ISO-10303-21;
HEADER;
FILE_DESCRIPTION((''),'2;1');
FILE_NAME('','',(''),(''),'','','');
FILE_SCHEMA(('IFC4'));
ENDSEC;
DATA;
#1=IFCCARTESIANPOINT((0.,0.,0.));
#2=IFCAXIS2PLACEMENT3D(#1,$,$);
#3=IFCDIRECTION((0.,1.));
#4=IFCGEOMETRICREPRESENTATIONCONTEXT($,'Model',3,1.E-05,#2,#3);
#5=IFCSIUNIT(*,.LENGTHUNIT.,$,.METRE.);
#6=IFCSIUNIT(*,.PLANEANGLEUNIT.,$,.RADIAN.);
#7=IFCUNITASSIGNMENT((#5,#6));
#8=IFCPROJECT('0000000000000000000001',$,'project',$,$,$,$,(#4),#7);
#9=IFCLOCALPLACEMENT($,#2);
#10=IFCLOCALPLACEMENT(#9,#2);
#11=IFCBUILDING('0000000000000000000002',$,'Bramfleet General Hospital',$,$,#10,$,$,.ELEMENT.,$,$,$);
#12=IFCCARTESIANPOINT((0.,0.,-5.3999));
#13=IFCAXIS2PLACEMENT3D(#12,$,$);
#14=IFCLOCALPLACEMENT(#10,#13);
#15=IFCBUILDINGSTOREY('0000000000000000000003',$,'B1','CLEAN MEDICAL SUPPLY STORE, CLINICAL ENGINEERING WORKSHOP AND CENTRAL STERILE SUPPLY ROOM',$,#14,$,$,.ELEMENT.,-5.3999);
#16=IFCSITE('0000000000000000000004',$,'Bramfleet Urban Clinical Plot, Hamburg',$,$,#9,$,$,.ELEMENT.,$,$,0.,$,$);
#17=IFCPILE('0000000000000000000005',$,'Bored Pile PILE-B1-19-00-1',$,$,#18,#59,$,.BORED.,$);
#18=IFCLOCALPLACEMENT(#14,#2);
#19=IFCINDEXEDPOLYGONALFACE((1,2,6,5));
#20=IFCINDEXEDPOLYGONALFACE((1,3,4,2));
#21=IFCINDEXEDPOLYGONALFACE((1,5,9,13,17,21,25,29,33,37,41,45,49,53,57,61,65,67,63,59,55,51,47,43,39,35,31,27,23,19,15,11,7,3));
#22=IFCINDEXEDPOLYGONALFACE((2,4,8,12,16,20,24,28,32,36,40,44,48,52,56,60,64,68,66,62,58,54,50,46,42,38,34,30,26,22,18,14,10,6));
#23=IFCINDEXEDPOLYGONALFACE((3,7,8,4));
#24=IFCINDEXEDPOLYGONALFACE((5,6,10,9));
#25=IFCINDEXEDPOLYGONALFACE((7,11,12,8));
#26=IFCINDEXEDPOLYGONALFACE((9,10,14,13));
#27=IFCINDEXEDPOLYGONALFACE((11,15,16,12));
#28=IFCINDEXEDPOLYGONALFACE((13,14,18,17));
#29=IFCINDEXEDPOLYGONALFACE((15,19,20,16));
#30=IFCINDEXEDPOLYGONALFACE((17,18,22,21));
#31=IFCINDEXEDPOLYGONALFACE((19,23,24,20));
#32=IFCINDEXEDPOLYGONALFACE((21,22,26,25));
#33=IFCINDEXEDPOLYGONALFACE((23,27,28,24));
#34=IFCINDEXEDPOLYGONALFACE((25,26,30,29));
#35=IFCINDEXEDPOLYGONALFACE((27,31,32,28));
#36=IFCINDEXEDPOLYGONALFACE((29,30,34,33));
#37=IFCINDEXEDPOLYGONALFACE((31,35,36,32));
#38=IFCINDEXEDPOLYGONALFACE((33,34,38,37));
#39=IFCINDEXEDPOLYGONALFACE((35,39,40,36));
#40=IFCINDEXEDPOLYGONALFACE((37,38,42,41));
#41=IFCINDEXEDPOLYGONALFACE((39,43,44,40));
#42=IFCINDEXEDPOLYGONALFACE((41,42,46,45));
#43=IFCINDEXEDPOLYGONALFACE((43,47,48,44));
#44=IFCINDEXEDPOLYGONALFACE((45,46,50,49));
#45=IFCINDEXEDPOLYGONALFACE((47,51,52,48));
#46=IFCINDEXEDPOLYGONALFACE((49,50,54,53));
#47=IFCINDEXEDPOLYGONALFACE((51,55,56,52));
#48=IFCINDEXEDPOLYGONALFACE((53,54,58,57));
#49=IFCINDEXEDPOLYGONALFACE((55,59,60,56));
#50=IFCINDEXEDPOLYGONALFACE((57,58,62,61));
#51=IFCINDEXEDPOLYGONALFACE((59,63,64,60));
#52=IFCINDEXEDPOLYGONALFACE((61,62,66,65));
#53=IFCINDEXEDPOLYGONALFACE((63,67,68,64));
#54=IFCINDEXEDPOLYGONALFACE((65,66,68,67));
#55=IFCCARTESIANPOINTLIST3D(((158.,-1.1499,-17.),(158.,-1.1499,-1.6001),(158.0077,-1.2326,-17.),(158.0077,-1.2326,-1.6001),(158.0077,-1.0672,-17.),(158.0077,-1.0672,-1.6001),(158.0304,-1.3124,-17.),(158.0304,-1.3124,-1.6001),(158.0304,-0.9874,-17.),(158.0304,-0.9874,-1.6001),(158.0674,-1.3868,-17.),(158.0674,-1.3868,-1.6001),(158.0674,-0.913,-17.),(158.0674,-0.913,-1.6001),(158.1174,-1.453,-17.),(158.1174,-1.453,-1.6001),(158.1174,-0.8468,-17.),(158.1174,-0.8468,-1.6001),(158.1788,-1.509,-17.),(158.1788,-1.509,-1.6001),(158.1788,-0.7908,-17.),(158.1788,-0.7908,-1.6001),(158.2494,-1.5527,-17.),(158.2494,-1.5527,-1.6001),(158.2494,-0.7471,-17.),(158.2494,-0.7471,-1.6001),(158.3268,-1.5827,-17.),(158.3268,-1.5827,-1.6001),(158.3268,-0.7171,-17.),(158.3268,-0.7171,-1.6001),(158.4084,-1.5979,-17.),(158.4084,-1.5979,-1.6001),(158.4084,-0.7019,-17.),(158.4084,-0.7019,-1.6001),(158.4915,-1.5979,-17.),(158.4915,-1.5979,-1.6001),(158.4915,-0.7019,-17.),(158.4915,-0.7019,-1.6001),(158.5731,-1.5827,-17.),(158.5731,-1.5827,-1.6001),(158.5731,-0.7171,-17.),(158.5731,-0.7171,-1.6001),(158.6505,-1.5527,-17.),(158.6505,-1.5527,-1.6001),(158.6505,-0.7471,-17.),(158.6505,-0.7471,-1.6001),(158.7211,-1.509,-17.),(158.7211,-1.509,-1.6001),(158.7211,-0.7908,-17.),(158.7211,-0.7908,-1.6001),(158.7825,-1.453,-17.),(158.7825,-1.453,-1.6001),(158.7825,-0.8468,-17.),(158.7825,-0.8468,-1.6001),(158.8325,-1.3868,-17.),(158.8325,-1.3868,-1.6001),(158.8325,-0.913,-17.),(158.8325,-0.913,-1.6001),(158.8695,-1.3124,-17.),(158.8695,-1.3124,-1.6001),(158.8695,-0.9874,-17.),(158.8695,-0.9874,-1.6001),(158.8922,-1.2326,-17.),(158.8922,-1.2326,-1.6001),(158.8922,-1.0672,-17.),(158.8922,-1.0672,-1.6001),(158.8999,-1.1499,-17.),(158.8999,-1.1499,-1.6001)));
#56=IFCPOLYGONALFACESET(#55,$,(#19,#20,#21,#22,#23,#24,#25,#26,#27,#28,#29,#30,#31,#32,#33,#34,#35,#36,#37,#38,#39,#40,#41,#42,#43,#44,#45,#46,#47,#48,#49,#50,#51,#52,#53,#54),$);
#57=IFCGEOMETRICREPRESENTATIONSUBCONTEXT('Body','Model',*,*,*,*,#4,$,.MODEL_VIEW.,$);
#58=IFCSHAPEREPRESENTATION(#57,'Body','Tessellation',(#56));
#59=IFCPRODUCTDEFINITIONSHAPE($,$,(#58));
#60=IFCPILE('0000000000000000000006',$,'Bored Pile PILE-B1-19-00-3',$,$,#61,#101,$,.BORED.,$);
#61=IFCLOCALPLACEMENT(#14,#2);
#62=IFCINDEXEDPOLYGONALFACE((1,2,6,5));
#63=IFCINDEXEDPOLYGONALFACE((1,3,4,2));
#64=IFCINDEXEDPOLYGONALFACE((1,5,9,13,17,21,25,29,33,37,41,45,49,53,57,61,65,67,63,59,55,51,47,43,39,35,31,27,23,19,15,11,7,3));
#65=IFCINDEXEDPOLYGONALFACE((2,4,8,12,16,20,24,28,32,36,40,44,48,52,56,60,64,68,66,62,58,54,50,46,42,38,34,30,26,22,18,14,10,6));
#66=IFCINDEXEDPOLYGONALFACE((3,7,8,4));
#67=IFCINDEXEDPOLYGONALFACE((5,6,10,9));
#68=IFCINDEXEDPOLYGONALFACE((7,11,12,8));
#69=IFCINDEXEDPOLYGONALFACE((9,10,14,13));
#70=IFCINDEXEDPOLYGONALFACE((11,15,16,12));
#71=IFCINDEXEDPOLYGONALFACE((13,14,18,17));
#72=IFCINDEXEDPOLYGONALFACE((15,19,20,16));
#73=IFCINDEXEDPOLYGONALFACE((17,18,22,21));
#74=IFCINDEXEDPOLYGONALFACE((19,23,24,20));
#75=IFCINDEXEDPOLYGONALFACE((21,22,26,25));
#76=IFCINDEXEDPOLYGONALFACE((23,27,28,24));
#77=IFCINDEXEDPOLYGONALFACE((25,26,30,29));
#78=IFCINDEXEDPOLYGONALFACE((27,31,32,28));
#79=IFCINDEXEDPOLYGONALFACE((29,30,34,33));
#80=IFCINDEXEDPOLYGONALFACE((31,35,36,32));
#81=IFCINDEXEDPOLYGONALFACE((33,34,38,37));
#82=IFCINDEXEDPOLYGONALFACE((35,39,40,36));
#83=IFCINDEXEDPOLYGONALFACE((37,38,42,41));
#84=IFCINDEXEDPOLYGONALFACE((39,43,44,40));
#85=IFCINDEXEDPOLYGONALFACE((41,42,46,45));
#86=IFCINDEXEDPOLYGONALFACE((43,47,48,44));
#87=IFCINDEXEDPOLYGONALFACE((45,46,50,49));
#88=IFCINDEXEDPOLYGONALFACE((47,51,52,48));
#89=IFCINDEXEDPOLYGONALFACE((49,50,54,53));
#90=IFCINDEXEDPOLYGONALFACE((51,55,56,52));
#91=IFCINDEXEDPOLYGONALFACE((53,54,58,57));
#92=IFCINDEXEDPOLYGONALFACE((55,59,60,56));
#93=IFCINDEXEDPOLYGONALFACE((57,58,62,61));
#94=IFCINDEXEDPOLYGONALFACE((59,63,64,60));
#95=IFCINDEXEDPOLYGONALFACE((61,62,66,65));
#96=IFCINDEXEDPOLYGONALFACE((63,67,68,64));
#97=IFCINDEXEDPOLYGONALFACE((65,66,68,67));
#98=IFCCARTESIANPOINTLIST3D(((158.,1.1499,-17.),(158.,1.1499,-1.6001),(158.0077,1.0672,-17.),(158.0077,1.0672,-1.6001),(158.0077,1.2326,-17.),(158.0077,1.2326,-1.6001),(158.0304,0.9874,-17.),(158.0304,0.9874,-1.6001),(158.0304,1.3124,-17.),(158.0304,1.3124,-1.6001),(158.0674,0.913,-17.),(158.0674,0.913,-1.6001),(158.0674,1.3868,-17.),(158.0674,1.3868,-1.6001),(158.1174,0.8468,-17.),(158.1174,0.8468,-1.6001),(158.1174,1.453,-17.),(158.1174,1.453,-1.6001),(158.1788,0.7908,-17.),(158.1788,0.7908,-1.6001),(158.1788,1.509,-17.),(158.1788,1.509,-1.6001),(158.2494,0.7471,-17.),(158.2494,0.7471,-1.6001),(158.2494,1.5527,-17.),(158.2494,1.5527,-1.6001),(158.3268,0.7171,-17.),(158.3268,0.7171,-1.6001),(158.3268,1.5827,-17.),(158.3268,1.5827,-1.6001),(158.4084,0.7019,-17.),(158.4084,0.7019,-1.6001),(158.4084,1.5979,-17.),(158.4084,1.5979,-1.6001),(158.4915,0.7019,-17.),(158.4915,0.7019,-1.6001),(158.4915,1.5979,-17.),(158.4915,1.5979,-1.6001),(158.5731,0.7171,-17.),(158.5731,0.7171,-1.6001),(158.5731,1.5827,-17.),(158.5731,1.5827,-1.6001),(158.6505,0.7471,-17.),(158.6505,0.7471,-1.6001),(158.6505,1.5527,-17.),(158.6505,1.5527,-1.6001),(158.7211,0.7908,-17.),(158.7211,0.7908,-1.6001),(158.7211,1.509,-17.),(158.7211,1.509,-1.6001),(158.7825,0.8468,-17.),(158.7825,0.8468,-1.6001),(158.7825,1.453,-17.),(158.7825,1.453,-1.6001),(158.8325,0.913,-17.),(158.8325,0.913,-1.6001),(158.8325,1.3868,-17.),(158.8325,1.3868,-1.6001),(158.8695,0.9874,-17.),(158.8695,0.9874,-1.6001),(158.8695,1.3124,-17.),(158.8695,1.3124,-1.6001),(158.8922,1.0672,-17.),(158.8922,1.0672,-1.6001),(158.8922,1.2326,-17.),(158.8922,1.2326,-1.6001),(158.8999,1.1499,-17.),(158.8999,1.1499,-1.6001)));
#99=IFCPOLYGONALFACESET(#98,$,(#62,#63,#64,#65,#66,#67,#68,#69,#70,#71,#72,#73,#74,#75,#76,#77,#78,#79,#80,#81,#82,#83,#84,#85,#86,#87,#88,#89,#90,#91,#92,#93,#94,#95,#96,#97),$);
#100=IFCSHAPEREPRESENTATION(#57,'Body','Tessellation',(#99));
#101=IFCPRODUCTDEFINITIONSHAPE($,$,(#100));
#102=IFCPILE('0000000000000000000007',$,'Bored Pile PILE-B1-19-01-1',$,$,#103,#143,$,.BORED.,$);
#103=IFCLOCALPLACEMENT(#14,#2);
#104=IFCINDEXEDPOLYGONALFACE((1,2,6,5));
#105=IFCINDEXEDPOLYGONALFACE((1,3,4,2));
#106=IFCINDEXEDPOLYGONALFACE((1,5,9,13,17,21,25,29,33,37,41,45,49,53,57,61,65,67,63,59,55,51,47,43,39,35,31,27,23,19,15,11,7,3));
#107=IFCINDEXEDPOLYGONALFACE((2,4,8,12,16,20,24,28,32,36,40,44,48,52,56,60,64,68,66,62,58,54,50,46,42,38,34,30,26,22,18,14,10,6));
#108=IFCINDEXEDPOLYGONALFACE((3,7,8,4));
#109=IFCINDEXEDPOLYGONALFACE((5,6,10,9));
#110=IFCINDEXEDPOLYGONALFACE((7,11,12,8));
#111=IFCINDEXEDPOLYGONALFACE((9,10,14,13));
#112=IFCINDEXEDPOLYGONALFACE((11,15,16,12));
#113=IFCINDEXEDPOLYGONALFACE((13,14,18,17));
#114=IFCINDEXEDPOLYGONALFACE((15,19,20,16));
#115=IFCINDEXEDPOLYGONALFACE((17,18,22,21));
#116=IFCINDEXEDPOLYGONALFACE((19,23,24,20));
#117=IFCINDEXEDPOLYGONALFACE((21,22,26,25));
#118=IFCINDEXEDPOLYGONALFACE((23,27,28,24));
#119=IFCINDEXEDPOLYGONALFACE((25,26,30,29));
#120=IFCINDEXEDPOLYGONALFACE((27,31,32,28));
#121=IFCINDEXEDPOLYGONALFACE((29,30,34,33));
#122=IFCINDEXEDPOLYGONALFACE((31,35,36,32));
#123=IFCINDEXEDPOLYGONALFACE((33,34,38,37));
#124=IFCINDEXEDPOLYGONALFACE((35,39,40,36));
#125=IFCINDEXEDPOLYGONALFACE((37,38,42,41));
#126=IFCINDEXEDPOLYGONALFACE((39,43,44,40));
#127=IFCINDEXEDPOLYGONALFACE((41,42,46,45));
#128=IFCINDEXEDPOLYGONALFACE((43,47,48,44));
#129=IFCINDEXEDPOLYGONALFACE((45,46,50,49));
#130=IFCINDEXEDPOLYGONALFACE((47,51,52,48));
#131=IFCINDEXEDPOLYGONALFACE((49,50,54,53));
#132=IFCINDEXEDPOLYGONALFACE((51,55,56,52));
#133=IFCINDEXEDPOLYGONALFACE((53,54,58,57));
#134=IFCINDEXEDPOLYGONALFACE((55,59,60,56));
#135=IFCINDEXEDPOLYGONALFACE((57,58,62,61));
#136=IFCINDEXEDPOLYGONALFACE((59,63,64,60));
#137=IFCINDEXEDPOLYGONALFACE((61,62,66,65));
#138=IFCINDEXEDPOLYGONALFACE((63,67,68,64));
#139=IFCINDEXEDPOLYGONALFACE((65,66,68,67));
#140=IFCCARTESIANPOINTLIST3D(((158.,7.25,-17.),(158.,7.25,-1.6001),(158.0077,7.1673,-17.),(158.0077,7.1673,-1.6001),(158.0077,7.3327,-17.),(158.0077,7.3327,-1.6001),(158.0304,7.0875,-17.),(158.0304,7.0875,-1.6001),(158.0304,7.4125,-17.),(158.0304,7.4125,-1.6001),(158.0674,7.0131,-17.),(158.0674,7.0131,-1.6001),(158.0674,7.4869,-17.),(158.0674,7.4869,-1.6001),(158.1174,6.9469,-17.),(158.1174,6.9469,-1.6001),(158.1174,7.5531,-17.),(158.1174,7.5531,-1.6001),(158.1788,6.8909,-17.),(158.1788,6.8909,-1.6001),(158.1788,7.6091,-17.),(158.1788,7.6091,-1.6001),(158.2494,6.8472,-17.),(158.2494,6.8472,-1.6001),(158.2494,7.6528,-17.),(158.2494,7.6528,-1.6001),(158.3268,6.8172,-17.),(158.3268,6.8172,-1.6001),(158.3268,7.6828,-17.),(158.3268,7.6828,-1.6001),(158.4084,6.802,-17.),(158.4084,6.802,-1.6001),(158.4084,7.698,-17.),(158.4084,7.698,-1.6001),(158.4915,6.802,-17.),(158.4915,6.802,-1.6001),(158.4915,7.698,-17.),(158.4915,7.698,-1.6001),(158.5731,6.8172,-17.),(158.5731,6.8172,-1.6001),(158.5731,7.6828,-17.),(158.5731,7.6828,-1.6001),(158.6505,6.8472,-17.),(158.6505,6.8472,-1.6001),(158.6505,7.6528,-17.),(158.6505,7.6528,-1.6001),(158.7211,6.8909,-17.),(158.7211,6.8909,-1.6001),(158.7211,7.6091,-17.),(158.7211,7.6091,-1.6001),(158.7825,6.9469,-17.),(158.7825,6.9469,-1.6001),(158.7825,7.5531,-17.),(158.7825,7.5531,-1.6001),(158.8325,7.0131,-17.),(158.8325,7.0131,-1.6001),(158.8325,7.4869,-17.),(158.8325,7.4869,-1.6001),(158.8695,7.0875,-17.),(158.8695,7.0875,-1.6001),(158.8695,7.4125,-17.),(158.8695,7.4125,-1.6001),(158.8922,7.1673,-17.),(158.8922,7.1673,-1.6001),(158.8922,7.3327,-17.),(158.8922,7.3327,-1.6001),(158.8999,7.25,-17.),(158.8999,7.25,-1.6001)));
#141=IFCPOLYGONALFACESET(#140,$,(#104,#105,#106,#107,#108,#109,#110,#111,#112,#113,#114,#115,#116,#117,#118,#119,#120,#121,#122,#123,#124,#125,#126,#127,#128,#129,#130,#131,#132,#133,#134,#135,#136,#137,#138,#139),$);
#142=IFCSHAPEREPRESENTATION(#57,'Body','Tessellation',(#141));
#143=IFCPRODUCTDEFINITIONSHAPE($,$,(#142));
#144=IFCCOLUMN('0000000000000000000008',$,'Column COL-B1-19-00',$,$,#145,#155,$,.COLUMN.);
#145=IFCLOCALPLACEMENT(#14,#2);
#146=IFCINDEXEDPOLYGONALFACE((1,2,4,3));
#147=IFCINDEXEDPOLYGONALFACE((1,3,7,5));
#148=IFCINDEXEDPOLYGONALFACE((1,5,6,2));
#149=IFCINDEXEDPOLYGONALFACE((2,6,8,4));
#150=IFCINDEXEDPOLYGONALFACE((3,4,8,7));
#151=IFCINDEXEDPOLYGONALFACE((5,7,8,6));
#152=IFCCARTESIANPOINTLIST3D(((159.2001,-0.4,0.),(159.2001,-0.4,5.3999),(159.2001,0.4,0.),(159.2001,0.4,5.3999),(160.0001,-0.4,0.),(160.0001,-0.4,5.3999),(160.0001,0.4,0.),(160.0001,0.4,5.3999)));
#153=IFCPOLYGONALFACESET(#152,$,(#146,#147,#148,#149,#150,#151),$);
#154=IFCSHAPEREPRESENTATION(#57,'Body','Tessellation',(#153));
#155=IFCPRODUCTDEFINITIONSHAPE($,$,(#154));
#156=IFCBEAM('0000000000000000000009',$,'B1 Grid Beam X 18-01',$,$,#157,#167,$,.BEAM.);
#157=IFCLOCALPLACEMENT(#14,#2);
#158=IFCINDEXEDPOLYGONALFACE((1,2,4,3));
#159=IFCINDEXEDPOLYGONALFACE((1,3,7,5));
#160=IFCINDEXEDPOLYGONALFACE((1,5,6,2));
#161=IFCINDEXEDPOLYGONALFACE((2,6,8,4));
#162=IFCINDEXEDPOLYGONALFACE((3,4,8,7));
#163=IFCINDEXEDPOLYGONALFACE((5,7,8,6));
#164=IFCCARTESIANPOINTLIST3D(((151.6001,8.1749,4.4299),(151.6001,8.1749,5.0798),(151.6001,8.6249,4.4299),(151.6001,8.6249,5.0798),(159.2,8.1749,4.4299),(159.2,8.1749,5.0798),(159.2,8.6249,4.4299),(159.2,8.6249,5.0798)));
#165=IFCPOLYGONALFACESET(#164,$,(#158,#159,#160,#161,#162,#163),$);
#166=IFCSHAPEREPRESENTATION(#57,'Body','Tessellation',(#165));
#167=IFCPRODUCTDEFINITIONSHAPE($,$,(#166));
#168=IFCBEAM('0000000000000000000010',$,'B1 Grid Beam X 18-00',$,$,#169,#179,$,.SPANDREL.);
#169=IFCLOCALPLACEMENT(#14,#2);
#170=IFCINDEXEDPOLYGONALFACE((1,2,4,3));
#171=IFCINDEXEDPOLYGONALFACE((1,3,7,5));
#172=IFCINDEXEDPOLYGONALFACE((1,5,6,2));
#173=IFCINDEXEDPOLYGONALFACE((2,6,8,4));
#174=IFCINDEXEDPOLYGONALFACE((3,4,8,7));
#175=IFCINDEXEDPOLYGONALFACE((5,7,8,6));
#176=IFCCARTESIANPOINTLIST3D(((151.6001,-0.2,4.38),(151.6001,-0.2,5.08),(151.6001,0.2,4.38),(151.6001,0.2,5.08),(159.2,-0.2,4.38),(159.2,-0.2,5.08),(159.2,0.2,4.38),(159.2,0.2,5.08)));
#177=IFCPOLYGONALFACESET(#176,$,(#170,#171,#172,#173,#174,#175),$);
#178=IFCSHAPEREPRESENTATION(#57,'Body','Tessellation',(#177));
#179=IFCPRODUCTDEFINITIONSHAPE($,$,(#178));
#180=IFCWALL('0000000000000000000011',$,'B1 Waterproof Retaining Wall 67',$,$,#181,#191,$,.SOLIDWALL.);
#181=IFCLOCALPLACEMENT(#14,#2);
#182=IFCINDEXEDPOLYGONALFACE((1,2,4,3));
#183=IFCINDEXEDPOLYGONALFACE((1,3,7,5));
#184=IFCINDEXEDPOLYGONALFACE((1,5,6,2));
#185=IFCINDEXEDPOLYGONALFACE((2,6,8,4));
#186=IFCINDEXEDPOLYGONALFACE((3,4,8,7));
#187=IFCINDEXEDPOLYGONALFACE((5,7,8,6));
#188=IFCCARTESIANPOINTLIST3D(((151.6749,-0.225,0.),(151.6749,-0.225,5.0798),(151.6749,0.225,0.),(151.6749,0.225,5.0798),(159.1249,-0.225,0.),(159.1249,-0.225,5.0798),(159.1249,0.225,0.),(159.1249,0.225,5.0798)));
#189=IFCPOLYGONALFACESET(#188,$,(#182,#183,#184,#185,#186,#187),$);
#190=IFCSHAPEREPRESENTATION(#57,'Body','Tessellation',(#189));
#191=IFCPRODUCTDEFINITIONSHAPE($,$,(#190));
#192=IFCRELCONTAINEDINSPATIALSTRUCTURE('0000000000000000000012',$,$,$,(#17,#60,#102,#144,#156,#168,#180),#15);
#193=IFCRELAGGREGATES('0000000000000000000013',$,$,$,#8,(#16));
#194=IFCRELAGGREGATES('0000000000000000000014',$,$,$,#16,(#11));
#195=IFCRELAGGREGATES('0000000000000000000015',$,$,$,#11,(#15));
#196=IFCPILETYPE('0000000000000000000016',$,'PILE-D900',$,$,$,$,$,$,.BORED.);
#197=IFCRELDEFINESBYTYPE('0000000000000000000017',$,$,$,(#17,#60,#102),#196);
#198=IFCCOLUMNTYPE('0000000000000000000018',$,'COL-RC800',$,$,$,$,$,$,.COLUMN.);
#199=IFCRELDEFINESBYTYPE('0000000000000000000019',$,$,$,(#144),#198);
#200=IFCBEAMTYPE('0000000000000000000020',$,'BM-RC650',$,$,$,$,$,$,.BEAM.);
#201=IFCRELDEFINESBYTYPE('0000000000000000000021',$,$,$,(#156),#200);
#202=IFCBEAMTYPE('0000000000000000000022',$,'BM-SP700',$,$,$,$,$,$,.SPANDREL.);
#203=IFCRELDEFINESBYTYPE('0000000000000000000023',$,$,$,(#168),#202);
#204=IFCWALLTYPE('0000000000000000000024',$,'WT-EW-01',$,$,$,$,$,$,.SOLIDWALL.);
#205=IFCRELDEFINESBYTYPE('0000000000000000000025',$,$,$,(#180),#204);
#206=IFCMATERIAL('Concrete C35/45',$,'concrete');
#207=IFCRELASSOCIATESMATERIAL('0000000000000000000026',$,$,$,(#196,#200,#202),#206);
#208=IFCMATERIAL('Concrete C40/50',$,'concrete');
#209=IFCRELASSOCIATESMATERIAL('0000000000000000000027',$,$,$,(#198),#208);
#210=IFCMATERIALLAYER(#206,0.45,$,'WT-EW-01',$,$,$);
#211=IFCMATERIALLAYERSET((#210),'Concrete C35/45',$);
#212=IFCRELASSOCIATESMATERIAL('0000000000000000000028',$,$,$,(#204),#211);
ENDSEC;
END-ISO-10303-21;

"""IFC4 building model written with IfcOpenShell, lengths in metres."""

from ifc_helpers import new_model, si_unit, direction, frame, frame_2d, origin, origin_2d, place, context, subcontext, project, spatial, rectangle, circle, extrude, material, layer, layer_set, material_profile, profile_set, type_object, element, save


model = new_model("IFC4")

# Units and contexts
model_context = context("Model", 3, precision=1e-05, world=origin(), true_north=direction((0.0, 1.0)))
body_context = subcontext(model_context, "Body", "Model", "MODEL_VIEW")
ifc_project = project(units=[si_unit("LENGTHUNIT", "METRE"), si_unit("PLANEANGLEUNIT", "RADIAN")], contexts=[model_context])

# Site, building, storey
site_placement = place(None, origin())
site = spatial("IfcSite", under=ifc_project, at=site_placement, Name="Bramfleet Urban Clinical Plot, Hamburg", CompositionType="ELEMENT", RefElevation=0.0)
building_placement = place(site_placement, origin())
building = spatial("IfcBuilding", under=site, at=building_placement, Name="Bramfleet General Hospital", CompositionType="ELEMENT")
storey_placement = place(building_placement, frame((0.0, 0.0, -5.3999)))
storey = spatial("IfcBuildingStorey", under=building, at=storey_placement, Name="B1", Description="CLEAN MEDICAL SUPPLY STORE, CLINICAL ENGINEERING WORKSHOP AND CENTRAL STERILE SUPPLY ROOM", CompositionType="ELEMENT", Elevation=-5.3999)

# Shared definitions
ifc_material_1 = material(Name="Concrete C35/45", Category="concrete")

# Piles
ifc_material_profile_1 = material_profile(ifc_material_1, circle(Radius=0.45, at=origin_2d()), Name="PILE BORED D900")
ifc_profile_set_1 = profile_set([ifc_material_profile_1], Name="Concrete C35/45")
pile_type = type_object("IfcPileType", Name="PILE-D900", PredefinedType="BORED", material=ifc_profile_set_1)
for number, where, z_axis, x_axis, name in (
    (1, (158.45, -1.1499, -1.6001), (0.0, 0.0, -1.0), (1.0, 0.0, 0.0), "Bored Pile PILE-B1-19-00-1"),
    (2, (158.45, 1.1499, -1.6001), (0.0, 0.0, -1.0), (1.0, 0.0, 0.0), "Bored Pile PILE-B1-19-00-3"),
    (3, (158.45, 7.25, -1.6001), (0.0, 0.0, -1.0), (1.0, 0.0, 0.0), "Bored Pile PILE-B1-19-01-1"),
):
    element("IfcPile", number, at=place(storey_placement, frame(where, z_axis=z_axis, x_axis=x_axis)), inside=storey, type_object=pile_type, Name=name, PredefinedType="BORED", context=body_context, shape_type="SweptSolid", body=[
        extrude(circle(Radius=0.45, at=origin_2d()), origin(), (0.0, 0.0, 1.0), 15.3999),
    ])

# Column
ifc_material_2 = material(Name="Concrete C40/50", Category="concrete")
ifc_material_profile_2 = material_profile(ifc_material_2, rectangle(XDim=0.8, YDim=0.8, at=origin_2d()), Name="RC COL 800x800")
ifc_profile_set_2 = profile_set([ifc_material_profile_2], Name="Concrete C40/50")
column_type = type_object("IfcColumnType", Name="COL-RC800", PredefinedType="COLUMN", material=ifc_profile_set_2)
column_placement = place(storey_placement, frame((159.6001, 0.0, 0.0), z_axis=(0.0, 0.0, 1.0), x_axis=(1.0, 0.0, 0.0)))
element("IfcColumn", 4, at=column_placement, inside=storey, type_object=column_type, Name="Column COL-B1-19-00", PredefinedType="COLUMN", context=body_context, shape_type="SweptSolid", body=[
    extrude(rectangle(XDim=0.8, YDim=0.8, at=origin_2d()), origin(), (0.0, 0.0, 1.0), 5.3999),
])

# Beams
ifc_material_profile_3 = material_profile(ifc_material_1, rectangle(XDim=0.45, YDim=0.6499, at=origin_2d()), Name="RC BM 650x450")
ifc_profile_set_3 = profile_set([ifc_material_profile_3], Name="Concrete C35/45")
beam_type_1 = type_object("IfcBeamType", Name="BM-RC650", PredefinedType="BEAM", material=ifc_profile_set_3)
beam_1_placement = place(storey_placement, frame((151.6001, 8.3999, 4.7549), z_axis=(1.0, 0.0, 0.0), x_axis=(0.0, 1.0, 0.0)))
element("IfcBeam", 5, at=beam_1_placement, inside=storey, type_object=beam_type_1, Name="B1 Grid Beam X 18-01", PredefinedType="BEAM", context=body_context, shape_type="SweptSolid", body=[
    extrude(rectangle(XDim=0.45, YDim=0.6499, at=origin_2d()), origin(), (0.0, 0.0, 1.0), 7.5999),
])
ifc_material_profile_4 = material_profile(ifc_material_1, rectangle(XDim=0.3999, YDim=0.7, at=origin_2d()), Name="RC SP 700x400")
ifc_profile_set_4 = profile_set([ifc_material_profile_4], Name="Concrete C35/45")
beam_type_2 = type_object("IfcBeamType", Name="BM-SP700", PredefinedType="SPANDREL", material=ifc_profile_set_4)
beam_2_placement = place(storey_placement, frame((151.6001, 0.0, 4.73), z_axis=(1.0, 0.0, 0.0), x_axis=(0.0, 1.0, 0.0)))
element("IfcBeam", 6, at=beam_2_placement, inside=storey, type_object=beam_type_2, Name="B1 Grid Beam X 18-00", PredefinedType="SPANDREL", context=body_context, shape_type="SweptSolid", body=[
    extrude(rectangle(XDim=0.3999, YDim=0.7, at=origin_2d()), origin(), (0.0, 0.0, 1.0), 7.5999),
])

# Wall
ifc_layer_1 = layer(ifc_material_1, 0.45, Name="WT-EW-01")
ifc_layer_set_1 = layer_set([ifc_layer_1], Name="Concrete C35/45")
wall_type_1 = type_object("IfcWallType", Name="WT-EW-01", PredefinedType="SOLIDWALL", material=ifc_layer_set_1)
wall_1_placement = place(storey_placement, frame((159.125, 0.0, 0.0), z_axis=(0.0, 0.0, 1.0), x_axis=(-1.0, 0.0, 0.0)))
element("IfcWall", 7, at=wall_1_placement, inside=storey, type_object=wall_type_1, Name="B1 Waterproof Retaining Wall 67", PredefinedType="SOLIDWALL", context=body_context, shape_type="SweptSolid", body=[
    extrude(rectangle(XDim=7.45, YDim=0.45, at=frame_2d((3.7251, 0.0))), origin(), (0.0, 0.0, 1.0), 5.0798),
])

save(model, "model.ifc")
